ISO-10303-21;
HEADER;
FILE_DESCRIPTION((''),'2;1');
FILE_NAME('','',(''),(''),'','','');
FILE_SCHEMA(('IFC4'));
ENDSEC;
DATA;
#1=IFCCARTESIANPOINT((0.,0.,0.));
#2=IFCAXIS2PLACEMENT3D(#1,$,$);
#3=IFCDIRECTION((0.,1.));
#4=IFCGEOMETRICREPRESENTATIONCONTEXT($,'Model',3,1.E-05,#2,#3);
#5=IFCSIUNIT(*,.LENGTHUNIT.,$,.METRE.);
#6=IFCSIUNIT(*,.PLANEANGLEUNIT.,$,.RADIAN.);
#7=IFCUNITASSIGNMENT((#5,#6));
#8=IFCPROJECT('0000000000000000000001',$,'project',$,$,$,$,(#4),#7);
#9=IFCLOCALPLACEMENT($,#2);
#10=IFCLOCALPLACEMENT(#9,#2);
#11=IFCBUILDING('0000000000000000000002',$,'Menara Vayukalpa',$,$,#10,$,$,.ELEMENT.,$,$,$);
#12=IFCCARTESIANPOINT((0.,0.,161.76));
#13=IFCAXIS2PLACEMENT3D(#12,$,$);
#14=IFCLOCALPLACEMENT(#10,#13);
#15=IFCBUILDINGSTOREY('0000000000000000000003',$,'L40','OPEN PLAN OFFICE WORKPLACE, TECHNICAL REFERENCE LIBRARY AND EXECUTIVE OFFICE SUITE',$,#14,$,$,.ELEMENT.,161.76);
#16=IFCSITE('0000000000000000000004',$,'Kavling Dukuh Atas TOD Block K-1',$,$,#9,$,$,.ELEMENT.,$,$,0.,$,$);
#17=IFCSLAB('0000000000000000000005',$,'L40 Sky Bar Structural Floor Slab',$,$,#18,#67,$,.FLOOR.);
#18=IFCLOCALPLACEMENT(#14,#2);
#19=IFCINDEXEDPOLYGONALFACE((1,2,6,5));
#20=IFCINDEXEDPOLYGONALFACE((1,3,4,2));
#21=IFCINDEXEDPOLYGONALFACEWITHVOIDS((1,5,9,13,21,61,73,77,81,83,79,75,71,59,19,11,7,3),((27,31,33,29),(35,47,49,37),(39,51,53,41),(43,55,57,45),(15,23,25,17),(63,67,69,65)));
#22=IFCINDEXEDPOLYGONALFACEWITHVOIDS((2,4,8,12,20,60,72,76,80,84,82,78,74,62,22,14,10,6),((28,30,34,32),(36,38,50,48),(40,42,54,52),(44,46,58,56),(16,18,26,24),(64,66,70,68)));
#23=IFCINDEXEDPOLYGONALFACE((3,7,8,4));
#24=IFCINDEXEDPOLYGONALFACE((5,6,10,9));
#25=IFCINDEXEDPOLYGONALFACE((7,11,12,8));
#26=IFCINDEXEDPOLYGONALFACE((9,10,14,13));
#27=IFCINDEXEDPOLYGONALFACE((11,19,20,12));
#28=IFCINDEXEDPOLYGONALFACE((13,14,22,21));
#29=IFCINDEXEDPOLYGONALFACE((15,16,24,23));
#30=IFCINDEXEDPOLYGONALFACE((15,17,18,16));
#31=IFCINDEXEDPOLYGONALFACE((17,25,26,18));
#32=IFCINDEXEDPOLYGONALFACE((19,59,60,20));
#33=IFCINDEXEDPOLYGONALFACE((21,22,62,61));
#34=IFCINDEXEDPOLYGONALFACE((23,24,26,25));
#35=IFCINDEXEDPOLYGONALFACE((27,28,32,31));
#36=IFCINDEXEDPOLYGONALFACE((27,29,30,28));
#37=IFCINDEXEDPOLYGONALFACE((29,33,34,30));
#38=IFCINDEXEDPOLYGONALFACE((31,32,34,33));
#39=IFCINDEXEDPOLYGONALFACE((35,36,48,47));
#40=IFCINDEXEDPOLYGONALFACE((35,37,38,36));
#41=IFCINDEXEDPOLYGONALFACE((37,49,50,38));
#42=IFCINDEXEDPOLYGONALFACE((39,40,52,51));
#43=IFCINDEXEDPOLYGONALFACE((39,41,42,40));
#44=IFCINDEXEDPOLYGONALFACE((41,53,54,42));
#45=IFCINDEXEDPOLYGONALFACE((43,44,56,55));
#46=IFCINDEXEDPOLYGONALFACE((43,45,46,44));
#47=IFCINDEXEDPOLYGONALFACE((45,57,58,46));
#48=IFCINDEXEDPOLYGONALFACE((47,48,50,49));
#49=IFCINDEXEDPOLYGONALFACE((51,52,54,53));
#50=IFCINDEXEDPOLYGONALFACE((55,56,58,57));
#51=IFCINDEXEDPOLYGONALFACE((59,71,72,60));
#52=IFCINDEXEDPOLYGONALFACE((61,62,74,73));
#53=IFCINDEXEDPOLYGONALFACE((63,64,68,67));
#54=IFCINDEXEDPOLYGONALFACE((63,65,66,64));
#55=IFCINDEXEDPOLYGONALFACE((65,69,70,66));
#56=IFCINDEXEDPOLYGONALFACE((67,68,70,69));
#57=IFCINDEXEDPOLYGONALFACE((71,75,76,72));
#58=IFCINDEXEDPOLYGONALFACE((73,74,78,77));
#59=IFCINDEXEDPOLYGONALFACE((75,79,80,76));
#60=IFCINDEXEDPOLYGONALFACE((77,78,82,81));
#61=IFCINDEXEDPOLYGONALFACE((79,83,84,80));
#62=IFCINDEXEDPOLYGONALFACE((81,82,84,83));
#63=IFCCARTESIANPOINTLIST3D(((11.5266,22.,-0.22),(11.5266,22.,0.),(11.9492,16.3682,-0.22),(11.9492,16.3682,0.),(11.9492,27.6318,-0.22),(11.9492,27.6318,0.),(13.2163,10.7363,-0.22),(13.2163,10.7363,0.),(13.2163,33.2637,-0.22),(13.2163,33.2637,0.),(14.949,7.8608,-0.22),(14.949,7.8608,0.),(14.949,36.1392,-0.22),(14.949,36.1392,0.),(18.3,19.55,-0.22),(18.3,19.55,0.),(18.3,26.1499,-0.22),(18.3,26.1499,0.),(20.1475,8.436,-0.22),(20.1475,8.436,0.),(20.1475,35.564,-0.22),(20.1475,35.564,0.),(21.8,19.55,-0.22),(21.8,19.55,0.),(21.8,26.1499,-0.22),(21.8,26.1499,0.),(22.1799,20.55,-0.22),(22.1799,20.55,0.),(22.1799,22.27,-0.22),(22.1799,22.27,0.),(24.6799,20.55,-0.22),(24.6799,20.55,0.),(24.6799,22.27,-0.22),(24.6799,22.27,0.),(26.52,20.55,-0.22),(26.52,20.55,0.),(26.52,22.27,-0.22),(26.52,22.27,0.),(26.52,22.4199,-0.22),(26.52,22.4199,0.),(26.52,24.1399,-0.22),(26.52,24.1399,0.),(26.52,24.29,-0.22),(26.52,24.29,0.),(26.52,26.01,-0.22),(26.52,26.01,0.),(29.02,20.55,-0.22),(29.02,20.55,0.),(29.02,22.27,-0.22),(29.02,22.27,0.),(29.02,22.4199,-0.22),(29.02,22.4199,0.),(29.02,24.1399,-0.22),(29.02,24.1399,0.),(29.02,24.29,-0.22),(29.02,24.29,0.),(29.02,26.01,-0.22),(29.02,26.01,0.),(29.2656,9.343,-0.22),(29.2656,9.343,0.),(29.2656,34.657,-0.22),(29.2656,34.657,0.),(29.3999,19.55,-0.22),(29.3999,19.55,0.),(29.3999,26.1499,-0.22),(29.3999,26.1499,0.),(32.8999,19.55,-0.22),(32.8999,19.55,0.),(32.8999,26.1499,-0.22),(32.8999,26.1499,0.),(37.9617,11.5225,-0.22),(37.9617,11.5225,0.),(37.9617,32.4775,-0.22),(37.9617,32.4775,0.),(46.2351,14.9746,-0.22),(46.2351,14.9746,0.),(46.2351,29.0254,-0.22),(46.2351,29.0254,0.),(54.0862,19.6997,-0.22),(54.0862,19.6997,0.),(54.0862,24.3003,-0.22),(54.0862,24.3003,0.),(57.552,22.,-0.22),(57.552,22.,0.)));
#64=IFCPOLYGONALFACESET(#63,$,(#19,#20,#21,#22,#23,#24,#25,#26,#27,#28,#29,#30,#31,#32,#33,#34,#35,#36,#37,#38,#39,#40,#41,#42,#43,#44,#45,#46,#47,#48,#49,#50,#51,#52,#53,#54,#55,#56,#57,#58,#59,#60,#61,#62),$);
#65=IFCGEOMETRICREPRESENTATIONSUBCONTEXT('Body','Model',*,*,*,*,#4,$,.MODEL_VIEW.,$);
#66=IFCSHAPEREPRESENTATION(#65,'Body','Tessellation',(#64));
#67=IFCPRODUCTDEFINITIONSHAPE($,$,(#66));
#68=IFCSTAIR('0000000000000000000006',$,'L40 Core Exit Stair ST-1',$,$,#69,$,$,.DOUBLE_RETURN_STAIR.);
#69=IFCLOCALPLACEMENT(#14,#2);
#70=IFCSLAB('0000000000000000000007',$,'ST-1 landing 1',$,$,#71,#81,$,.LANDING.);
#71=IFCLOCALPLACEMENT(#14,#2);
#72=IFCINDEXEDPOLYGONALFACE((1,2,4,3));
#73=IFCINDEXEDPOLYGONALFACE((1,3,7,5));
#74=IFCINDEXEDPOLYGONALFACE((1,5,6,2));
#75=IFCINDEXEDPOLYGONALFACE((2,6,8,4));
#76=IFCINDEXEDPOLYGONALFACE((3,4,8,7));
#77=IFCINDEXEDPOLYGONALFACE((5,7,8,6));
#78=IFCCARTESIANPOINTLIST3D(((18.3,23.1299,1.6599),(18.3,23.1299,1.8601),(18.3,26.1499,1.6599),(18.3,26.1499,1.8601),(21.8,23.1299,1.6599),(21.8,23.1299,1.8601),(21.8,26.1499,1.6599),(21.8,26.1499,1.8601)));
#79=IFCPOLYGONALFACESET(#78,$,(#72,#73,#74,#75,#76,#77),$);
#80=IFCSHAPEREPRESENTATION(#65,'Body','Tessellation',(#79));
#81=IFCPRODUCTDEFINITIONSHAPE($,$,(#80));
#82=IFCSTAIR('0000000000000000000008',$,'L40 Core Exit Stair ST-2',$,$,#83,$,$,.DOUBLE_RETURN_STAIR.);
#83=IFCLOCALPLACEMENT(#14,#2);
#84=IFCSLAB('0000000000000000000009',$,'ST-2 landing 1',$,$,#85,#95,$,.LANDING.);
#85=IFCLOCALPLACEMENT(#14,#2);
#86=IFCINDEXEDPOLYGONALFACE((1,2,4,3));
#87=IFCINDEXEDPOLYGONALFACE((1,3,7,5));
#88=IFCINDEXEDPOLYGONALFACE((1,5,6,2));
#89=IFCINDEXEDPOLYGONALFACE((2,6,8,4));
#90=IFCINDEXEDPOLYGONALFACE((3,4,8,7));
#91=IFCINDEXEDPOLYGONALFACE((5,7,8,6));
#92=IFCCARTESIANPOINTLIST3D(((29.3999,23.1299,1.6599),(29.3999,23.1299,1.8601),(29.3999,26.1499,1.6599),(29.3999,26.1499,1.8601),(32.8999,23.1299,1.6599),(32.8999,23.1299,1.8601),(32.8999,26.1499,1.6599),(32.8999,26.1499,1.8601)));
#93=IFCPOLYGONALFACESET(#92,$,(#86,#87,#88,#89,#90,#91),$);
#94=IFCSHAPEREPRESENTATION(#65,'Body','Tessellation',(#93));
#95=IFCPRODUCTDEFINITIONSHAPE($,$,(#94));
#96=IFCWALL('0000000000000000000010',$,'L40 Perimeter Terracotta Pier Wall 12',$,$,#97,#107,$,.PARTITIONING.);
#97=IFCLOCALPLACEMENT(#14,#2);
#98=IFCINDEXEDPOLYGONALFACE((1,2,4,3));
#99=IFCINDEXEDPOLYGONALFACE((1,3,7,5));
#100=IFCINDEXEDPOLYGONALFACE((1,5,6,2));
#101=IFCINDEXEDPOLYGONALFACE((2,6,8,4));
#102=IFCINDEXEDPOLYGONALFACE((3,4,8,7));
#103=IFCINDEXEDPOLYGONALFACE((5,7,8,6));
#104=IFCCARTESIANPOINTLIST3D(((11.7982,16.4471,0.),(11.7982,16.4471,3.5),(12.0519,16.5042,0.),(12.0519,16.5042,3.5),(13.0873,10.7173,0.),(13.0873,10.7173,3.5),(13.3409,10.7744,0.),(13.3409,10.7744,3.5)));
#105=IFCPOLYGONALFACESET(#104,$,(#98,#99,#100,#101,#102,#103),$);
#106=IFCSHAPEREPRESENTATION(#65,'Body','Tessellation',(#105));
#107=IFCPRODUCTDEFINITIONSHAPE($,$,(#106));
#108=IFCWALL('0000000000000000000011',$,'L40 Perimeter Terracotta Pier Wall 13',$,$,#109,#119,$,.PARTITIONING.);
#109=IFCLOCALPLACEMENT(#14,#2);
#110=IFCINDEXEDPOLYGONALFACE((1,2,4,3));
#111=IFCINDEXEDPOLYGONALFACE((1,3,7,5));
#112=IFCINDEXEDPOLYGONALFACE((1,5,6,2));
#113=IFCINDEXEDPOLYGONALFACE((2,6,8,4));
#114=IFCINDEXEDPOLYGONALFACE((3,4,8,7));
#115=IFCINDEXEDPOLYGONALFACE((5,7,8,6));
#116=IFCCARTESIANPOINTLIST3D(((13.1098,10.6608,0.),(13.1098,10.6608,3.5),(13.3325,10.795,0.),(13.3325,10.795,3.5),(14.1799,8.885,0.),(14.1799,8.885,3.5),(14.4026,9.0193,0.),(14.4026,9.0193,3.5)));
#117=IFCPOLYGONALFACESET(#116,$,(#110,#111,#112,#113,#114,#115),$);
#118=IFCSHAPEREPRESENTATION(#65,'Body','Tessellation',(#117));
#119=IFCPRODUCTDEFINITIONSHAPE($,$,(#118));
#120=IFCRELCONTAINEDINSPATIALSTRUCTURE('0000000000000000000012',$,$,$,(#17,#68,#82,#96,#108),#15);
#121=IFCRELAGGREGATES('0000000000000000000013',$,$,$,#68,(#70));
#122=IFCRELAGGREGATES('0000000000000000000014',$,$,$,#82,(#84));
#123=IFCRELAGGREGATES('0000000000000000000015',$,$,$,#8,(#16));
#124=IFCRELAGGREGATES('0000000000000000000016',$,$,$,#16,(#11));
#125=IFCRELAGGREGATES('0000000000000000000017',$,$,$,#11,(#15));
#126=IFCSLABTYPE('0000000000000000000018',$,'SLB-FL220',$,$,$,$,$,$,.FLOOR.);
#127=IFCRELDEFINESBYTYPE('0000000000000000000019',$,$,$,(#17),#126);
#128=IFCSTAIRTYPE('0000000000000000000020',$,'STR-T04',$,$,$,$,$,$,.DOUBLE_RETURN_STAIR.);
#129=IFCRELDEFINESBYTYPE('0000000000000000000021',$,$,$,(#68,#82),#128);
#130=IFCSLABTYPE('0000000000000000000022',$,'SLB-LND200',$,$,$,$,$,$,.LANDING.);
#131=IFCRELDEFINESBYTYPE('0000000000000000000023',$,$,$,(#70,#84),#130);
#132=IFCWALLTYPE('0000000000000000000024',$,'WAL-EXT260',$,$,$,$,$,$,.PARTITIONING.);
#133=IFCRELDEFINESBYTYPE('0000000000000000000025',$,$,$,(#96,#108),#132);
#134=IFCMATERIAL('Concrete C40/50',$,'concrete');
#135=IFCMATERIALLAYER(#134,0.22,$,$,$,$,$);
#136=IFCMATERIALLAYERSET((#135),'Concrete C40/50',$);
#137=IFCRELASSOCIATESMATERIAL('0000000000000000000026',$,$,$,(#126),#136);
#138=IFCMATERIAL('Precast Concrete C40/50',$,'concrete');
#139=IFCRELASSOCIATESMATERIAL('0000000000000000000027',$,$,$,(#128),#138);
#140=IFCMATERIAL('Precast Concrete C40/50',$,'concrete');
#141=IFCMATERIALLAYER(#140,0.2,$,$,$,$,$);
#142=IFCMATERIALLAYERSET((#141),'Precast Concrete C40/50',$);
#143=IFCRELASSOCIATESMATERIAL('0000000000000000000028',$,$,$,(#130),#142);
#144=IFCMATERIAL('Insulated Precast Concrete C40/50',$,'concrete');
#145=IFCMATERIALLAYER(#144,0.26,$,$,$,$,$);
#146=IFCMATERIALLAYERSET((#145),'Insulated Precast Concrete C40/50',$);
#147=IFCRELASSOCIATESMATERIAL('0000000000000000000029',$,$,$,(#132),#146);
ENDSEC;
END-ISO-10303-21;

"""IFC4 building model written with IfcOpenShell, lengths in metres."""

from ifc_helpers import new_model, si_unit, direction, frame, frame_2d, origin, place, context, subcontext, project, spatial, polyline, rectangle, outline, extrude, material, layer, layer_set, type_object, element, aggregate, save


model = new_model("IFC4")

# Units and contexts
model_context = context("Model", 3, precision=1e-05, world=origin(), true_north=direction((0.0, 1.0)))
body_context = subcontext(model_context, "Body", "Model", "MODEL_VIEW")
ifc_project = project(units=[si_unit("LENGTHUNIT", "METRE"), si_unit("PLANEANGLEUNIT", "RADIAN")], contexts=[model_context])

# Site, building, storey
site_placement = place(None, origin())
site = spatial("IfcSite", under=ifc_project, at=site_placement, Name="Kavling Dukuh Atas TOD Block K-1", CompositionType="ELEMENT", RefElevation=0.0)
building_placement = place(site_placement, origin())
building = spatial("IfcBuilding", under=site, at=building_placement, Name="Menara Vayukalpa", CompositionType="ELEMENT")
storey_placement = place(building_placement, frame((0.0, 0.0, 161.76)))
storey = spatial("IfcBuildingStorey", under=building, at=storey_placement, Name="L40", Description="OPEN PLAN OFFICE WORKPLACE, TECHNICAL REFERENCE LIBRARY AND EXECUTIVE OFFICE SUITE", CompositionType="ELEMENT", Elevation=161.76)

# Slab
ifc_material_1 = material(Name="Concrete C40/50", Category="concrete")
ifc_layer_1 = layer(ifc_material_1, 0.22)
ifc_layer_set_1 = layer_set([ifc_layer_1], Name="Concrete C40/50")
slab_type_1 = type_object("IfcSlabType", Name="SLB-FL220", PredefinedType="FLOOR", material=ifc_layer_set_1)
slab_1_placement = place(storey_placement, frame((0.0, 0.0, -0.22)))
element("IfcSlab", 1, at=slab_1_placement, inside=storey, type_object=slab_type_1, Name="L40 Sky Bar Structural Floor Slab", PredefinedType="FLOOR", context=body_context, shape_type="SweptSolid", body=[
    extrude(outline(polyline([(54.0862, 19.6997), (57.552, 22.0), (54.0862, 24.3003), (46.2351, 29.0254), (37.9617, 32.4775), (29.2656, 34.657), (20.1475, 35.564), (14.949, 36.1392), (13.2163, 33.2637), (11.9492, 27.6318), (11.5266, 22.0), (11.9492, 16.3682), (13.2163, 10.7363), (14.949, 7.8608), (20.1475, 8.436), (29.2656, 9.343), (37.9617, 11.5225), (46.2351, 14.9746), (54.0862, 19.6997)]), holes=[polyline([(21.8, 19.55), (21.8, 26.1499), (18.3, 26.1499), (18.3, 19.55), (21.8, 19.55)]), polyline([(32.8999, 19.55), (32.8999, 26.1499), (29.3999, 26.1499), (29.3999, 19.55), (32.8999, 19.55)]), polyline([(22.1799, 20.55), (24.6799, 20.55), (24.6799, 22.27), (22.1799, 22.27), (22.1799, 20.55)]), polyline([(26.52, 20.55), (29.02, 20.55), (29.02, 22.27), (26.52, 22.27), (26.52, 20.55)]), polyline([(26.52, 24.29), (29.02, 24.29), (29.02, 26.01), (26.52, 26.01), (26.52, 24.29)]), polyline([(26.52, 22.4199), (29.02, 22.4199), (29.02, 24.1399), (26.52, 24.1399), (26.52, 22.4199)])]), origin(), (0.0, 0.0, 1.0), 0.22),
])

# Stairs, slabs
ifc_material_2 = material(Name="Precast Concrete C40/50", Category="concrete")
stair_type = type_object("IfcStairType", Name="STR-T04", PredefinedType="DOUBLE_RETURN_STAIR", material=ifc_material_2)
stair_1_placement = place(storey_placement, origin())
stair_1 = element("IfcStair", 2, at=stair_1_placement, inside=storey, type_object=stair_type, Name="L40 Core Exit Stair ST-1", PredefinedType="DOUBLE_RETURN_STAIR")
ifc_material_3 = material(Name="Precast Concrete C40/50", Category="concrete")
ifc_layer_2 = layer(ifc_material_3, 0.2)
ifc_layer_set_2 = layer_set([ifc_layer_2], Name="Precast Concrete C40/50")
slab_type_2 = type_object("IfcSlabType", Name="SLB-LND200", PredefinedType="LANDING", material=ifc_layer_set_2)
slab_2_placement = place(storey_placement, frame((0.0, 0.0, 1.6599)))
slab_2 = element("IfcSlab", 3, at=slab_2_placement, type_object=slab_type_2, Name="ST-1 landing 1", PredefinedType="LANDING", context=body_context, shape_type="SweptSolid", body=[
    extrude(outline(polyline([(21.8, 23.1299), (21.8, 26.1499), (18.3, 26.1499), (18.3, 23.1299), (21.8, 23.1299)])), origin(), (0.0, 0.0, 1.0), 0.2002),
])
aggregate(stair_1, [slab_2])
stair_2_placement = place(storey_placement, origin())
stair_2 = element("IfcStair", 4, at=stair_2_placement, inside=storey, type_object=stair_type, Name="L40 Core Exit Stair ST-2", PredefinedType="DOUBLE_RETURN_STAIR")
slab_3_placement = place(storey_placement, frame((0.0, 0.0, 1.6599)))
slab_3 = element("IfcSlab", 5, at=slab_3_placement, type_object=slab_type_2, Name="ST-2 landing 1", PredefinedType="LANDING", context=body_context, shape_type="SweptSolid", body=[
    extrude(outline(polyline([(32.8999, 23.1299), (32.8999, 26.1499), (29.3999, 26.1499), (29.3999, 23.1299), (32.8999, 23.1299)])), origin(), (0.0, 0.0, 1.0), 0.2002),
])
aggregate(stair_2, [slab_3])

# Walls
ifc_material_4 = material(Name="Insulated Precast Concrete C40/50", Category="concrete")
ifc_layer_3 = layer(ifc_material_4, 0.26)
ifc_layer_set_3 = layer_set([ifc_layer_3], Name="Insulated Precast Concrete C40/50")
wall_type = type_object("IfcWallType", Name="WAL-EXT260", PredefinedType="PARTITIONING", material=ifc_layer_set_3)
wall_1_placement = place(storey_placement, frame((13.2141, 10.7458, 0.0), z_axis=(0.0, 0.0, 1.0), x_axis=(-0.219491, 0.975614, 0.0)))
element("IfcWall", 6, at=wall_1_placement, inside=storey, type_object=wall_type, Name="L40 Perimeter Terracotta Pier Wall 12", PredefinedType="PARTITIONING", context=body_context, shape_type="SweptSolid", body=[
    extrude(rectangle(XDim=5.873, YDim=0.26, at=frame_2d((2.9365, 0.0))), origin(), (0.0, 0.0, 1.0), 3.5),
])
wall_2_placement = place(storey_placement, frame((14.2913, 8.9521, 0.0), z_axis=(0.0, 0.0, 1.0), x_axis=(-0.516157, 0.856494, 0.0)))
element("IfcWall", 7, at=wall_2_placement, inside=storey, type_object=wall_type, Name="L40 Perimeter Terracotta Pier Wall 13", PredefinedType="PARTITIONING", context=body_context, shape_type="SweptSolid", body=[
    extrude(rectangle(XDim=2.0732, YDim=0.26, at=frame_2d((1.0366, 0.0))), origin(), (0.0, 0.0, 1.0), 3.5),
])

save(model, "model.ifc")
